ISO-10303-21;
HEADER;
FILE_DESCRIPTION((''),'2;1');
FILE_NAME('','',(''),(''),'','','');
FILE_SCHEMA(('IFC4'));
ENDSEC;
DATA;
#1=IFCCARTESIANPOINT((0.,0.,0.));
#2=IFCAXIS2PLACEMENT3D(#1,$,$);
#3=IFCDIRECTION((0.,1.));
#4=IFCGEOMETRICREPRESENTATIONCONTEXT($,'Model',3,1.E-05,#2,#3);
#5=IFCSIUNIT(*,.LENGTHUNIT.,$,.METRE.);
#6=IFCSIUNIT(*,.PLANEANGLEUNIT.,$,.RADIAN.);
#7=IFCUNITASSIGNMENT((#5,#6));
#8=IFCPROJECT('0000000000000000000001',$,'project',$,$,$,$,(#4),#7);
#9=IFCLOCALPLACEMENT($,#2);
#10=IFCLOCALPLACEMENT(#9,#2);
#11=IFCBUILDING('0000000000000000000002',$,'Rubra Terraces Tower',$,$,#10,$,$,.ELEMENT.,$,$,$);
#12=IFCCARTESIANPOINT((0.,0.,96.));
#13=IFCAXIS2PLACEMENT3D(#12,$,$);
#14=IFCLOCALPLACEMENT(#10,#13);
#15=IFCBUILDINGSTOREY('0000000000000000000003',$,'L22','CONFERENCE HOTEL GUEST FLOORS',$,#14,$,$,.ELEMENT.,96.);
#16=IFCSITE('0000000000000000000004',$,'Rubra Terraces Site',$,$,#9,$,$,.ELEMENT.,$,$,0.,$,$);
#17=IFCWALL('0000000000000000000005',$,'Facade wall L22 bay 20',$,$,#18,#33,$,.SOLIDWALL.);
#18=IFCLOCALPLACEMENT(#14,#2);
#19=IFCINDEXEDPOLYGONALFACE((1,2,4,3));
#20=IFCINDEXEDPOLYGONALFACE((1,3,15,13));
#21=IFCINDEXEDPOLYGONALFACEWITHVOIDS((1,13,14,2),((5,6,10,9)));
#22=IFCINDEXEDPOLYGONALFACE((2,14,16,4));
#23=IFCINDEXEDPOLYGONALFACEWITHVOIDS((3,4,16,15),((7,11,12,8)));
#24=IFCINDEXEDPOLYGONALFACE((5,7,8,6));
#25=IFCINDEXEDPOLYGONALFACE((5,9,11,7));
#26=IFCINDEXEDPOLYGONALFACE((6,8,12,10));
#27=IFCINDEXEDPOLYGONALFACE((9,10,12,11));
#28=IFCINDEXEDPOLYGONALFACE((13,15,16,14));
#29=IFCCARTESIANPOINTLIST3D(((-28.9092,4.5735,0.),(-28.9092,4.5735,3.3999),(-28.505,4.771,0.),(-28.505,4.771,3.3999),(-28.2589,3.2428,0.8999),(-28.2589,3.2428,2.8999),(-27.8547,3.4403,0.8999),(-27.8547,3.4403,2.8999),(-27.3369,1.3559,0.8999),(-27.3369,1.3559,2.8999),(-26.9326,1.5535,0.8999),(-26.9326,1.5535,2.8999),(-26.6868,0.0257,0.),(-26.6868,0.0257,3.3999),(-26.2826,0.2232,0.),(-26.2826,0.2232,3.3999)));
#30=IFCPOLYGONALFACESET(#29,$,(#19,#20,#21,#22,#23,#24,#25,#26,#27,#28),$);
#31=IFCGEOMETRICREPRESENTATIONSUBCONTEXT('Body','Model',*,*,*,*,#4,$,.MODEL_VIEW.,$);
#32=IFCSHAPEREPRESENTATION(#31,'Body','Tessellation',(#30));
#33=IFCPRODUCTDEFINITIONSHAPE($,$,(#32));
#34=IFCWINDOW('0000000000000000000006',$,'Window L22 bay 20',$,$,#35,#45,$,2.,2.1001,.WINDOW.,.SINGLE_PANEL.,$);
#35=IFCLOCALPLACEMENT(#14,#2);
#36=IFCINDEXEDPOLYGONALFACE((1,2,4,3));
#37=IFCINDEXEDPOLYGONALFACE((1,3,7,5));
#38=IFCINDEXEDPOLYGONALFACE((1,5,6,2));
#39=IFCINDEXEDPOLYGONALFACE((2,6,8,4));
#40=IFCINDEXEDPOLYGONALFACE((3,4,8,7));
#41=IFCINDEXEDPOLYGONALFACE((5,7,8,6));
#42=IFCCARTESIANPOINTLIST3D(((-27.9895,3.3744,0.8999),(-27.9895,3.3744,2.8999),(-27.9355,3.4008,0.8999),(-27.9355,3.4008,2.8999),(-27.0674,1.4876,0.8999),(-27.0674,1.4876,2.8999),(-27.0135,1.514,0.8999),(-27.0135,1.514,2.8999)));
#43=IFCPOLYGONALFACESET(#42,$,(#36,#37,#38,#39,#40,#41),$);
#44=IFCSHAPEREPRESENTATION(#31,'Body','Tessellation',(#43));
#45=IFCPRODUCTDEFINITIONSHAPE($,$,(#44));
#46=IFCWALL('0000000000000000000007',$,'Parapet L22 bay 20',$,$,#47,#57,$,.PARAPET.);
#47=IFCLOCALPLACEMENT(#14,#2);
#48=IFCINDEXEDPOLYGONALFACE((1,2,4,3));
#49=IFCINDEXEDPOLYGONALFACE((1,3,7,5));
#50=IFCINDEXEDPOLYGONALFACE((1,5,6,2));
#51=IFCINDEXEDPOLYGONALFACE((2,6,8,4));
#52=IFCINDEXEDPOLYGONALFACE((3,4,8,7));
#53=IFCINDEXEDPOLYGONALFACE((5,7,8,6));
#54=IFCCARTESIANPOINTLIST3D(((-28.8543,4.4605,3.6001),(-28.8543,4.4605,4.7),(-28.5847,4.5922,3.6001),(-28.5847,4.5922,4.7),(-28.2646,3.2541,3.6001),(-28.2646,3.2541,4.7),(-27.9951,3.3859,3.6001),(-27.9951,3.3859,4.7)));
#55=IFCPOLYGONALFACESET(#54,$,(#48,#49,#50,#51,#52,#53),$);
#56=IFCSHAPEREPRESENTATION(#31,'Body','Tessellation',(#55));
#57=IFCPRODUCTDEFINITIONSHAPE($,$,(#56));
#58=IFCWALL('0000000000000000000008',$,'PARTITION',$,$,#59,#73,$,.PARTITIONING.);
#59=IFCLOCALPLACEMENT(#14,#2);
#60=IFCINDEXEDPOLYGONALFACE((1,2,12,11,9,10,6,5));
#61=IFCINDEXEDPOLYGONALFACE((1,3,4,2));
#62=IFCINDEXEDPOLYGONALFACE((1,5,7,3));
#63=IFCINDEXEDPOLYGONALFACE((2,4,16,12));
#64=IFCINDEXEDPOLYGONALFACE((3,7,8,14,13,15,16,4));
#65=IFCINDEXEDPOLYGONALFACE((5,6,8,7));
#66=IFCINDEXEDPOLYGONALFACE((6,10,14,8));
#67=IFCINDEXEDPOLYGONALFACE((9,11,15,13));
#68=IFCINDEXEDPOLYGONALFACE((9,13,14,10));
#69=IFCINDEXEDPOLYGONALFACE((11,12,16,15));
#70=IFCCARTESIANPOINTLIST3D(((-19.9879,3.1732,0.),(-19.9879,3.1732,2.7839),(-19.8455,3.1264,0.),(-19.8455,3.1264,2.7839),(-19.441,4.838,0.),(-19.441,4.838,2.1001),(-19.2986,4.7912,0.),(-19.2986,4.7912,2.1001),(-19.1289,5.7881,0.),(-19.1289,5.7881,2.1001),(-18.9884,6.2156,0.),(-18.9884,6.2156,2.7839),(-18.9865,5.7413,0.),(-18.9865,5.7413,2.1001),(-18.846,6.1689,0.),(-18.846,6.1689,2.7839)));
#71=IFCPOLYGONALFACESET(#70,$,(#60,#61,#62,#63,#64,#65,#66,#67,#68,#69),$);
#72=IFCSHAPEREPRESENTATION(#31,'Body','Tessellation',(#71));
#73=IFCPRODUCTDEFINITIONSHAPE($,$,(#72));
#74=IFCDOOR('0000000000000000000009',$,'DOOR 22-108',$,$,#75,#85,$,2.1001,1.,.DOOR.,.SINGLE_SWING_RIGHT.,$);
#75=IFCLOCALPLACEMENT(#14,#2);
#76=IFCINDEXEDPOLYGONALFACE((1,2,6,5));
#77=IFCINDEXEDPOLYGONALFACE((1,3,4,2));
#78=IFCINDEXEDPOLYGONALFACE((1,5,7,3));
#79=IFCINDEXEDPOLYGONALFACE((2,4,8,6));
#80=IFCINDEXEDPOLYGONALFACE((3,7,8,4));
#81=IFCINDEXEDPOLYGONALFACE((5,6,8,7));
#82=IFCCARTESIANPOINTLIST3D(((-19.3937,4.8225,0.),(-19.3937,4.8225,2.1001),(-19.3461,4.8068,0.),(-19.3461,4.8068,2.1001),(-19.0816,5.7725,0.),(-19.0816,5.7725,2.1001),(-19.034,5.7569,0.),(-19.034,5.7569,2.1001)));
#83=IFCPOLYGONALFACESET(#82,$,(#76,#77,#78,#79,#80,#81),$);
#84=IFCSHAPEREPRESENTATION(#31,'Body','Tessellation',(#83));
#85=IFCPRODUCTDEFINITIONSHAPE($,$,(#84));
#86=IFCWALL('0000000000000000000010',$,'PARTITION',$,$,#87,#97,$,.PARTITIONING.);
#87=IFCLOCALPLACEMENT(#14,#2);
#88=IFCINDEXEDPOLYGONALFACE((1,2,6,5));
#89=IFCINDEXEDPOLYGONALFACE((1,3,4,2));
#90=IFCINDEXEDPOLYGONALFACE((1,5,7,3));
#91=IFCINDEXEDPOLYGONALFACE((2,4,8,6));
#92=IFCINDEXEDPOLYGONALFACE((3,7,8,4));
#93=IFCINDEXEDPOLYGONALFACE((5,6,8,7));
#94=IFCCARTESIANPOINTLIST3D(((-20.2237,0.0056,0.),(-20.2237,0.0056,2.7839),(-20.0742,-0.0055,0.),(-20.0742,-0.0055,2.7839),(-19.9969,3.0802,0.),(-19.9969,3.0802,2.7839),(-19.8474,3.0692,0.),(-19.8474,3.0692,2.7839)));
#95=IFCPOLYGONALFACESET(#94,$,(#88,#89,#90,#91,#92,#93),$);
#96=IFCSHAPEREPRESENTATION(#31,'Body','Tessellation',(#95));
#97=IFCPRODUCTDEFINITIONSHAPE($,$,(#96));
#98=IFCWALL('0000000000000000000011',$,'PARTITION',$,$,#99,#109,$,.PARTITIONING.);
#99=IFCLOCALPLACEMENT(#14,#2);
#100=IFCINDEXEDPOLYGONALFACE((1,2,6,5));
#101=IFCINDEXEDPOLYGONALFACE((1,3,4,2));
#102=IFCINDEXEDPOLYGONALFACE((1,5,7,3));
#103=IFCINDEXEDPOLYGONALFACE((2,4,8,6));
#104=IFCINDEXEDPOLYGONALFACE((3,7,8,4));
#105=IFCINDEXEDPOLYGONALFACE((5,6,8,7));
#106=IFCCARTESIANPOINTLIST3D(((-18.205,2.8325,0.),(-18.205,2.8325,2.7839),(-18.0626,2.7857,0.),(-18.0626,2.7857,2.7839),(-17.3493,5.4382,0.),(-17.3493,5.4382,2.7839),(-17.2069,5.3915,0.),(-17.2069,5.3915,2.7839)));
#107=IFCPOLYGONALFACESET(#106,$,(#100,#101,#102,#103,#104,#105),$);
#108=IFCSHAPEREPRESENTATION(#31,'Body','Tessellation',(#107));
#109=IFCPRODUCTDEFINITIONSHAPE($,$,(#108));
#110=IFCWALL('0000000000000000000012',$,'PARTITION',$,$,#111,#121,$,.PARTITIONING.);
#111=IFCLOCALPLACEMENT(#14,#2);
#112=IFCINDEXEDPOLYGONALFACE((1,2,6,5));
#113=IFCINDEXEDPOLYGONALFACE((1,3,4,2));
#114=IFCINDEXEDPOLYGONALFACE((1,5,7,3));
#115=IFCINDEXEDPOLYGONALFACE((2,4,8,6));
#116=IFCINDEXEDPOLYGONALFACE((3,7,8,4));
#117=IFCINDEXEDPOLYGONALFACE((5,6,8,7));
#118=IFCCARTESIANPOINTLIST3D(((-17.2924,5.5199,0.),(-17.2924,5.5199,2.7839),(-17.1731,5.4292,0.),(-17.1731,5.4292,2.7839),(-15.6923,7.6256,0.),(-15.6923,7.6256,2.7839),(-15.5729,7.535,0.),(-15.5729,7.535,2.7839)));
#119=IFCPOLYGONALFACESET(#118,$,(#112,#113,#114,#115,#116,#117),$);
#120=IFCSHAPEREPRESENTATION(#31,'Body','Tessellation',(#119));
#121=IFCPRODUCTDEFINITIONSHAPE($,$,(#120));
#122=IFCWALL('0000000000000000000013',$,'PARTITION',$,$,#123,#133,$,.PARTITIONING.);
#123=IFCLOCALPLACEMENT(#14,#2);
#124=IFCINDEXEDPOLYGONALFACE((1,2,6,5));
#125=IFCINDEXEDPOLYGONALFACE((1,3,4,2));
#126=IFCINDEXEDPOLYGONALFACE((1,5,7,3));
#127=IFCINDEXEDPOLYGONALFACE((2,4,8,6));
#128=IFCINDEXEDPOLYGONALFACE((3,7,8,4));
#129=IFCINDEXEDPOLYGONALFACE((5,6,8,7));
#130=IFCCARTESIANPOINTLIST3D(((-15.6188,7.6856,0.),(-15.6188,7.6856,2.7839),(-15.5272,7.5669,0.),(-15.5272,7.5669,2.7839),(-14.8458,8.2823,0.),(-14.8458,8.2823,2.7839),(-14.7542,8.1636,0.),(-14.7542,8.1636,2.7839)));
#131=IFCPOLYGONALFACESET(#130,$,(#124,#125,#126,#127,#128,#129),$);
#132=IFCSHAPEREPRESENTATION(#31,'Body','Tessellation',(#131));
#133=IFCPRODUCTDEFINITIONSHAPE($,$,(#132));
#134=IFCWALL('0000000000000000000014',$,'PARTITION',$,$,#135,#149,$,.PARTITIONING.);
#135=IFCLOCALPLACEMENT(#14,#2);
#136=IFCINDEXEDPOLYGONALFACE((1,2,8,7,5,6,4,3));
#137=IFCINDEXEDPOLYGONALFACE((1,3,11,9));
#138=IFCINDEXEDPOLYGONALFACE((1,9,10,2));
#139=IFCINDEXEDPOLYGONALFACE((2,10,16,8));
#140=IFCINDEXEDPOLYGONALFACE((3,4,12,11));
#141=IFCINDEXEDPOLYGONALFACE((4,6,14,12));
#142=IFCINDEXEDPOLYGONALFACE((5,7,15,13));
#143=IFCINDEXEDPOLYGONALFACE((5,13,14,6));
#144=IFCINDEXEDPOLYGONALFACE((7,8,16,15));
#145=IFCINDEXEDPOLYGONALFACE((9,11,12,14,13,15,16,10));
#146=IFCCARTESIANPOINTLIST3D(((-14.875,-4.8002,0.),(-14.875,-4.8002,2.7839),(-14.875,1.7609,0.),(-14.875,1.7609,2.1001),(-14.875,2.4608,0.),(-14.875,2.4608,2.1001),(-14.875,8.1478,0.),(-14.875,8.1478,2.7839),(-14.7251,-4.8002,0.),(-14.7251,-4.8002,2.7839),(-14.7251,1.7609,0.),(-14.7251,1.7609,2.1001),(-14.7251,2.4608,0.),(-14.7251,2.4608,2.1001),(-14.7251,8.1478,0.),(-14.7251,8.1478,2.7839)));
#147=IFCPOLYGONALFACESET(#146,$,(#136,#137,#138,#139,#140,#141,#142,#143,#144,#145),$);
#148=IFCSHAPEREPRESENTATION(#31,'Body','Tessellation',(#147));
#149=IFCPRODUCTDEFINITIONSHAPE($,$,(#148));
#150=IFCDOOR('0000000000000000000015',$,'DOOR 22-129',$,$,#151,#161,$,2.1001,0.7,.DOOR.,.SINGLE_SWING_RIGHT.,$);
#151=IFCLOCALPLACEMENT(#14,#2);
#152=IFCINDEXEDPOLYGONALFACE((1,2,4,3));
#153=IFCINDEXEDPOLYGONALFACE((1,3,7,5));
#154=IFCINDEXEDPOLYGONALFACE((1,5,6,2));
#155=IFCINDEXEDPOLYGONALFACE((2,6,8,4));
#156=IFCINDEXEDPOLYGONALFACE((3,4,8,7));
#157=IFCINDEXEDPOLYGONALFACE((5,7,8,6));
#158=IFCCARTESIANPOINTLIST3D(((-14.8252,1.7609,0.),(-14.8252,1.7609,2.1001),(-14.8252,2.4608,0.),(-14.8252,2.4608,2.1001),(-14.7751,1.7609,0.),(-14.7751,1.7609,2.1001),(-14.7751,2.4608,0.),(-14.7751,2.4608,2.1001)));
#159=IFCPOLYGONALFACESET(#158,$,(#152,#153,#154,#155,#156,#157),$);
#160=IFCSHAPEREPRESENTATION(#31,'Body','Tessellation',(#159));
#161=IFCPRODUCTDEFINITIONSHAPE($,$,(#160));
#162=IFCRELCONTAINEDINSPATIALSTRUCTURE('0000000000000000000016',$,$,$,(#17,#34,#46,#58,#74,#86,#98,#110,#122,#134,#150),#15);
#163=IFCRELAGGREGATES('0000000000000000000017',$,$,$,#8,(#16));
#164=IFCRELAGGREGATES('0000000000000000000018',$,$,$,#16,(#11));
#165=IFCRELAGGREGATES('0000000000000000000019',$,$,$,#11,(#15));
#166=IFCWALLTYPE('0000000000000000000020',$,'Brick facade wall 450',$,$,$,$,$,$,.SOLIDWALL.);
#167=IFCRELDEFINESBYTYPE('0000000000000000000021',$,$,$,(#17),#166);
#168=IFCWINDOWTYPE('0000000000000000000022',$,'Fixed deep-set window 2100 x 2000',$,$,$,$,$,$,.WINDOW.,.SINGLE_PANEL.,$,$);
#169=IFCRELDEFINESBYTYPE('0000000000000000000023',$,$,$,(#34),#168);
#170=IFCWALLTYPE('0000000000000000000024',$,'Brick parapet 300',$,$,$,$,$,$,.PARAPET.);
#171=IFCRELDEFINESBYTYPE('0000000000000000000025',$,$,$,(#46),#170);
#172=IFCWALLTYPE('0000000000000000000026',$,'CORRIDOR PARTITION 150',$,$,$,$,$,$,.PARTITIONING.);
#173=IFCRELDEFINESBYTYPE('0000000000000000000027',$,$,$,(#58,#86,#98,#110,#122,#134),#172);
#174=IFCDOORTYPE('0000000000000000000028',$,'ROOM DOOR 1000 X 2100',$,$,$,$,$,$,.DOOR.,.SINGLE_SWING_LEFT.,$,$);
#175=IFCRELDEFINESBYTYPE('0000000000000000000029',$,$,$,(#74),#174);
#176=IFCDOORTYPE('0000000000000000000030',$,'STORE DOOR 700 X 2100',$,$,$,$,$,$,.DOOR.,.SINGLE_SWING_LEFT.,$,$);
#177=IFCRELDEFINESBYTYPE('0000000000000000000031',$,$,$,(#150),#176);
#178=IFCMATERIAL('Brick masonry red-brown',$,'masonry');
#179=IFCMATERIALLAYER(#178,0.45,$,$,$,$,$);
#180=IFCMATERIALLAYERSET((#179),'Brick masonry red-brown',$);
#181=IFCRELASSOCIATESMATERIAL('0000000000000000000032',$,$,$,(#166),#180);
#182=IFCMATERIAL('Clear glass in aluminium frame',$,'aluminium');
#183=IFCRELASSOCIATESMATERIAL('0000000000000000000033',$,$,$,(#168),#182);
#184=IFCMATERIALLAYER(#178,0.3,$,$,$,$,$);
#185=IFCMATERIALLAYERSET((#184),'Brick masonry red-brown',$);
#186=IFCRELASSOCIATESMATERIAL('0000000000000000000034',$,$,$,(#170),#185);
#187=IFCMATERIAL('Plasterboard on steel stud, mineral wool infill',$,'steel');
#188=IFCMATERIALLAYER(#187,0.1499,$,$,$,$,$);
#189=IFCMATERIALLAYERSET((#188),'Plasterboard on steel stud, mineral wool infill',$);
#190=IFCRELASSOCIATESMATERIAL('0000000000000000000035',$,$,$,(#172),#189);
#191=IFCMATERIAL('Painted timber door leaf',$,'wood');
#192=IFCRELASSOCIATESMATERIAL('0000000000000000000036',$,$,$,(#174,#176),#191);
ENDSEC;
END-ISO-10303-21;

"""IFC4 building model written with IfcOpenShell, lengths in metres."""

from ifc_helpers import new_model, si_unit, direction, frame, frame_2d, origin, place, context, subcontext, project, spatial, rectangle, extrude, material, layer, layer_set, type_object, element, fill, save


model = new_model("IFC4")

# Units and contexts
model_context = context("Model", 3, precision=1e-05, world=origin(), true_north=direction((0.0, 1.0)))
body_context = subcontext(model_context, "Body", "Model", "MODEL_VIEW")
ifc_project = project(units=[si_unit("LENGTHUNIT", "METRE"), si_unit("PLANEANGLEUNIT", "RADIAN")], contexts=[model_context])

# Site, building, storey
site_placement = place(None, origin())
site = spatial("IfcSite", under=ifc_project, at=site_placement, Name="Rubra Terraces Site", CompositionType="ELEMENT", RefElevation=0.0)
building_placement = place(site_placement, origin())
building = spatial("IfcBuilding", under=site, at=building_placement, Name="Rubra Terraces Tower", CompositionType="ELEMENT")
storey_placement = place(building_placement, frame((0.0, 0.0, 96.0)))
storey = spatial("IfcBuildingStorey", under=building, at=storey_placement, Name="L22", Description="CONFERENCE HOTEL GUEST FLOORS", CompositionType="ELEMENT", Elevation=96.0)

# Wall, opening, window
ifc_material_1 = material(Name="Brick masonry red-brown", Category="masonry")
ifc_layer_1 = layer(ifc_material_1, 0.45)
ifc_layer_set_1 = layer_set([ifc_layer_1], Name="Brick masonry red-brown")
wall_type_1 = type_object("IfcWallType", Name="Brick facade wall 450", PredefinedType="SOLIDWALL", material=ifc_layer_set_1)
wall_1_placement = place(storey_placement, frame((-28.707, 4.6721, 0.0), z_axis=(0.0, 0.0, 1.0), x_axis=(0.439054, -0.898461, 0.0)))
wall_1 = element("IfcWall", 1, at=wall_1_placement, inside=storey, type_object=wall_type_1, Name="Facade wall L22 bay 20", PredefinedType="SOLIDWALL", context=body_context, shape_type="SweptSolid", body=[
    extrude(rectangle(XDim=5.0618, YDim=0.45, at=frame_2d((2.5308, 0.0))), origin(), (0.0, 0.0, 1.0), 3.3999),
])
opening_1_placement = place(wall_1_placement, frame((1.481, 0.0, 0.8999)))
opening_1 = element("IfcOpeningElement", 2, at=opening_1_placement, cuts=wall_1, PredefinedType="OPENING", context=body_context, shape_type="SweptSolid", body=[
    extrude(rectangle(XDim=2.1001, YDim=2.0, at=frame_2d((1.05, 1.0))), frame((0.0, 0.2349, 0.0), z_axis=(0.0, -1.0, 0.0), x_axis=(1.0, 0.0, 0.0)), (0.0, 0.0, 1.0), 0.47),
])
ifc_material_2 = material(Name="Clear glass in aluminium frame", Category="aluminium")
window_type = type_object("IfcWindowType", Name="Fixed deep-set window 2100 x 2000", PartitioningType="SINGLE_PANEL", PredefinedType="WINDOW", material=ifc_material_2)
window_placement = place(opening_1_placement, origin())
window = element("IfcWindow", 3, at=window_placement, inside=storey, type_object=window_type, Name="Window L22 bay 20", OverallHeight=2.0, OverallWidth=2.1001, PartitioningType="SINGLE_PANEL", PredefinedType="WINDOW", context=body_context, shape_type="SweptSolid", body=[
    extrude(rectangle(XDim=2.1001, YDim=2.0, at=frame_2d((1.05, 1.0))), frame((0.0, 0.135, 0.0), z_axis=(0.0, -1.0, 0.0), x_axis=(1.0, 0.0, 0.0)), (0.0, 0.0, 1.0), 0.0601),
])
fill(opening_1, window)

# Wall
ifc_layer_2 = layer(ifc_material_1, 0.3)
ifc_layer_set_2 = layer_set([ifc_layer_2], Name="Brick masonry red-brown")
wall_type_2 = type_object("IfcWallType", Name="Brick parapet 300", PredefinedType="PARAPET", material=ifc_layer_set_2)
wall_2_placement = place(storey_placement, frame((-28.7195, 4.5264, 3.6001), z_axis=(0.0, 0.0, 1.0), x_axis=(0.439122, -0.898427, 0.0)))
element("IfcWall", 4, at=wall_2_placement, inside=storey, type_object=wall_type_2, Name="Parapet L22 bay 20", PredefinedType="PARAPET", context=body_context, shape_type="SweptSolid", body=[
    extrude(rectangle(XDim=1.3428, YDim=0.3, at=frame_2d((0.6714, 0.0))), origin(), (0.0, 0.0, 1.0), 1.0999),
])

# Wall, opening, door
ifc_material_3 = material(Name="Plasterboard on steel stud, mineral wool infill", Category="steel")
ifc_layer_3 = layer(ifc_material_3, 0.1499)
ifc_layer_set_3 = layer_set([ifc_layer_3], Name="Plasterboard on steel stud, mineral wool infill")
wall_type_3 = type_object("IfcWallType", Name="CORRIDOR PARTITION 150", PredefinedType="PARTITIONING", material=ifc_layer_set_3)
wall_3_placement = place(storey_placement, frame((-18.9172, 6.1921, 0.0), z_axis=(0.0, 0.0, 1.0), x_axis=(-0.312108, -0.950047, 0.0)))
wall_3 = element("IfcWall", 5, at=wall_3_placement, inside=storey, type_object=wall_type_3, Name="PARTITION", PredefinedType="PARTITIONING", context=body_context, shape_type="SweptSolid", body=[
    extrude(rectangle(XDim=3.2024, YDim=0.1499, at=frame_2d((1.6011, 0.0))), origin(), (0.0, 0.0, 1.0), 2.7839),
])
opening_2_placement = place(wall_3_placement, frame((0.45, 0.0, 0.0)))
opening_2 = element("IfcOpeningElement", 6, at=opening_2_placement, cuts=wall_3, PredefinedType="OPENING", context=body_context, shape_type="SweptSolid", body=[
    extrude(rectangle(XDim=1.0, YDim=2.1001, at=frame_2d((0.5, 1.05))), frame((0.0, 0.085, 0.0), z_axis=(0.0, -1.0, 0.0), x_axis=(1.0, 0.0, 0.0)), (0.0, 0.0, 1.0), 0.1699),
])
ifc_material_4 = material(Name="Painted timber door leaf", Category="wood")
door_type_1 = type_object("IfcDoorType", Name="ROOM DOOR 1000 X 2100", OperationType="SINGLE_SWING_LEFT", PredefinedType="DOOR", material=ifc_material_4)
door_1_placement = place(opening_2_placement, origin())
door_1 = element("IfcDoor", 7, at=door_1_placement, inside=storey, type_object=door_type_1, Name="DOOR 22-108", OperationType="SINGLE_SWING_RIGHT", OverallHeight=2.1001, OverallWidth=1.0, PredefinedType="DOOR", context=body_context, shape_type="SweptSolid", body=[
    extrude(rectangle(XDim=1.0, YDim=2.1001, at=frame_2d((0.5, 1.05))), frame((0.0, 0.0249, 0.0), z_axis=(0.0, -1.0, 0.0), x_axis=(1.0, 0.0, 0.0)), (0.0, 0.0, 1.0), 0.05),
])
fill(opening_2, door_1)

# Walls
wall_4_placement = place(storey_placement, frame((-19.9221, 3.0747, 0.0), z_axis=(0.0, 0.0, 1.0), x_axis=(-0.073565, -0.99729, 0.0)))
element("IfcWall", 8, at=wall_4_placement, inside=storey, type_object=wall_type_3, Name="PARTITION", PredefinedType="PARTITIONING", context=body_context, shape_type="SweptSolid", body=[
    extrude(rectangle(XDim=3.083, YDim=0.1499, at=frame_2d((1.5415, 0.0))), origin(), (0.0, 0.0, 1.0), 2.7839),
])
wall_5_placement = place(storey_placement, frame((-18.1338, 2.8091, 0.0), z_axis=(0.0, 0.0, 1.0), x_axis=(0.312005, 0.95008, 0.0)))
element("IfcWall", 9, at=wall_5_placement, inside=storey, type_object=wall_type_3, Name="PARTITION", PredefinedType="PARTITIONING", context=body_context, shape_type="SweptSolid", body=[
    extrude(rectangle(XDim=2.7427, YDim=0.1499, at=frame_2d((1.3713, 0.0))), origin(), (0.0, 0.0, 1.0), 2.7839),
])
wall_6_placement = place(storey_placement, frame((-17.2327, 5.4746, 0.0), z_axis=(0.0, 0.0, 1.0), x_axis=(0.605025, 0.796207, 0.0)))
element("IfcWall", 10, at=wall_6_placement, inside=storey, type_object=wall_type_3, Name="PARTITION", PredefinedType="PARTITIONING", context=body_context, shape_type="SweptSolid", body=[
    extrude(rectangle(XDim=2.6448, YDim=0.1499, at=frame_2d((1.3223, 0.0))), origin(), (0.0, 0.0, 1.0), 2.7839),
])
wall_7_placement = place(storey_placement, frame((-15.573, 7.6262, 0.0), z_axis=(0.0, 0.0, 1.0), x_axis=(0.791582, 0.611063, 0.0)))
element("IfcWall", 11, at=wall_7_placement, inside=storey, type_object=wall_type_3, Name="PARTITION", PredefinedType="PARTITIONING", context=body_context, shape_type="SweptSolid", body=[
    extrude(rectangle(XDim=0.9766, YDim=0.1499, at=frame_2d((0.4883, 0.0))), origin(), (0.0, 0.0, 1.0), 2.7839),
])

# Wall, opening, door
wall_8_placement = place(storey_placement, frame((-14.8, 8.1479, 0.0), z_axis=(0.0, 0.0, 1.0), x_axis=(0.0, -1.0, 0.0)))
wall_8 = element("IfcWall", 12, at=wall_8_placement, inside=storey, type_object=wall_type_3, Name="PARTITION", PredefinedType="PARTITIONING", context=body_context, shape_type="SweptSolid", body=[
    extrude(rectangle(XDim=12.948, YDim=0.1499, at=frame_2d((6.4741, 0.0))), origin(), (0.0, 0.0, 1.0), 2.7839),
])
opening_3_placement = place(wall_8_placement, frame((5.687, 0.0, 0.0)))
opening_3 = element("IfcOpeningElement", 13, at=opening_3_placement, cuts=wall_8, PredefinedType="OPENING", context=body_context, shape_type="SweptSolid", body=[
    extrude(rectangle(XDim=0.7, YDim=2.1001, at=frame_2d((0.3501, 1.05))), frame((0.0, 0.085, 0.0), z_axis=(0.0, -1.0, 0.0), x_axis=(1.0, 0.0, 0.0)), (0.0, 0.0, 1.0), 0.1699),
])
door_type_2 = type_object("IfcDoorType", Name="STORE DOOR 700 X 2100", OperationType="SINGLE_SWING_LEFT", PredefinedType="DOOR", material=ifc_material_4)
door_2_placement = place(opening_3_placement, origin())
door_2 = element("IfcDoor", 14, at=door_2_placement, inside=storey, type_object=door_type_2, Name="DOOR 22-129", OperationType="SINGLE_SWING_RIGHT", OverallHeight=2.1001, OverallWidth=0.7, PredefinedType="DOOR", context=body_context, shape_type="SweptSolid", body=[
    extrude(rectangle(XDim=0.7, YDim=2.1001, at=frame_2d((0.3501, 1.05))), frame((0.0, 0.0249, 0.0), z_axis=(0.0, -1.0, 0.0), x_axis=(1.0, 0.0, 0.0)), (0.0, 0.0, 1.0), 0.05),
])
fill(opening_3, door_2)

save(model, "model.ifc")
